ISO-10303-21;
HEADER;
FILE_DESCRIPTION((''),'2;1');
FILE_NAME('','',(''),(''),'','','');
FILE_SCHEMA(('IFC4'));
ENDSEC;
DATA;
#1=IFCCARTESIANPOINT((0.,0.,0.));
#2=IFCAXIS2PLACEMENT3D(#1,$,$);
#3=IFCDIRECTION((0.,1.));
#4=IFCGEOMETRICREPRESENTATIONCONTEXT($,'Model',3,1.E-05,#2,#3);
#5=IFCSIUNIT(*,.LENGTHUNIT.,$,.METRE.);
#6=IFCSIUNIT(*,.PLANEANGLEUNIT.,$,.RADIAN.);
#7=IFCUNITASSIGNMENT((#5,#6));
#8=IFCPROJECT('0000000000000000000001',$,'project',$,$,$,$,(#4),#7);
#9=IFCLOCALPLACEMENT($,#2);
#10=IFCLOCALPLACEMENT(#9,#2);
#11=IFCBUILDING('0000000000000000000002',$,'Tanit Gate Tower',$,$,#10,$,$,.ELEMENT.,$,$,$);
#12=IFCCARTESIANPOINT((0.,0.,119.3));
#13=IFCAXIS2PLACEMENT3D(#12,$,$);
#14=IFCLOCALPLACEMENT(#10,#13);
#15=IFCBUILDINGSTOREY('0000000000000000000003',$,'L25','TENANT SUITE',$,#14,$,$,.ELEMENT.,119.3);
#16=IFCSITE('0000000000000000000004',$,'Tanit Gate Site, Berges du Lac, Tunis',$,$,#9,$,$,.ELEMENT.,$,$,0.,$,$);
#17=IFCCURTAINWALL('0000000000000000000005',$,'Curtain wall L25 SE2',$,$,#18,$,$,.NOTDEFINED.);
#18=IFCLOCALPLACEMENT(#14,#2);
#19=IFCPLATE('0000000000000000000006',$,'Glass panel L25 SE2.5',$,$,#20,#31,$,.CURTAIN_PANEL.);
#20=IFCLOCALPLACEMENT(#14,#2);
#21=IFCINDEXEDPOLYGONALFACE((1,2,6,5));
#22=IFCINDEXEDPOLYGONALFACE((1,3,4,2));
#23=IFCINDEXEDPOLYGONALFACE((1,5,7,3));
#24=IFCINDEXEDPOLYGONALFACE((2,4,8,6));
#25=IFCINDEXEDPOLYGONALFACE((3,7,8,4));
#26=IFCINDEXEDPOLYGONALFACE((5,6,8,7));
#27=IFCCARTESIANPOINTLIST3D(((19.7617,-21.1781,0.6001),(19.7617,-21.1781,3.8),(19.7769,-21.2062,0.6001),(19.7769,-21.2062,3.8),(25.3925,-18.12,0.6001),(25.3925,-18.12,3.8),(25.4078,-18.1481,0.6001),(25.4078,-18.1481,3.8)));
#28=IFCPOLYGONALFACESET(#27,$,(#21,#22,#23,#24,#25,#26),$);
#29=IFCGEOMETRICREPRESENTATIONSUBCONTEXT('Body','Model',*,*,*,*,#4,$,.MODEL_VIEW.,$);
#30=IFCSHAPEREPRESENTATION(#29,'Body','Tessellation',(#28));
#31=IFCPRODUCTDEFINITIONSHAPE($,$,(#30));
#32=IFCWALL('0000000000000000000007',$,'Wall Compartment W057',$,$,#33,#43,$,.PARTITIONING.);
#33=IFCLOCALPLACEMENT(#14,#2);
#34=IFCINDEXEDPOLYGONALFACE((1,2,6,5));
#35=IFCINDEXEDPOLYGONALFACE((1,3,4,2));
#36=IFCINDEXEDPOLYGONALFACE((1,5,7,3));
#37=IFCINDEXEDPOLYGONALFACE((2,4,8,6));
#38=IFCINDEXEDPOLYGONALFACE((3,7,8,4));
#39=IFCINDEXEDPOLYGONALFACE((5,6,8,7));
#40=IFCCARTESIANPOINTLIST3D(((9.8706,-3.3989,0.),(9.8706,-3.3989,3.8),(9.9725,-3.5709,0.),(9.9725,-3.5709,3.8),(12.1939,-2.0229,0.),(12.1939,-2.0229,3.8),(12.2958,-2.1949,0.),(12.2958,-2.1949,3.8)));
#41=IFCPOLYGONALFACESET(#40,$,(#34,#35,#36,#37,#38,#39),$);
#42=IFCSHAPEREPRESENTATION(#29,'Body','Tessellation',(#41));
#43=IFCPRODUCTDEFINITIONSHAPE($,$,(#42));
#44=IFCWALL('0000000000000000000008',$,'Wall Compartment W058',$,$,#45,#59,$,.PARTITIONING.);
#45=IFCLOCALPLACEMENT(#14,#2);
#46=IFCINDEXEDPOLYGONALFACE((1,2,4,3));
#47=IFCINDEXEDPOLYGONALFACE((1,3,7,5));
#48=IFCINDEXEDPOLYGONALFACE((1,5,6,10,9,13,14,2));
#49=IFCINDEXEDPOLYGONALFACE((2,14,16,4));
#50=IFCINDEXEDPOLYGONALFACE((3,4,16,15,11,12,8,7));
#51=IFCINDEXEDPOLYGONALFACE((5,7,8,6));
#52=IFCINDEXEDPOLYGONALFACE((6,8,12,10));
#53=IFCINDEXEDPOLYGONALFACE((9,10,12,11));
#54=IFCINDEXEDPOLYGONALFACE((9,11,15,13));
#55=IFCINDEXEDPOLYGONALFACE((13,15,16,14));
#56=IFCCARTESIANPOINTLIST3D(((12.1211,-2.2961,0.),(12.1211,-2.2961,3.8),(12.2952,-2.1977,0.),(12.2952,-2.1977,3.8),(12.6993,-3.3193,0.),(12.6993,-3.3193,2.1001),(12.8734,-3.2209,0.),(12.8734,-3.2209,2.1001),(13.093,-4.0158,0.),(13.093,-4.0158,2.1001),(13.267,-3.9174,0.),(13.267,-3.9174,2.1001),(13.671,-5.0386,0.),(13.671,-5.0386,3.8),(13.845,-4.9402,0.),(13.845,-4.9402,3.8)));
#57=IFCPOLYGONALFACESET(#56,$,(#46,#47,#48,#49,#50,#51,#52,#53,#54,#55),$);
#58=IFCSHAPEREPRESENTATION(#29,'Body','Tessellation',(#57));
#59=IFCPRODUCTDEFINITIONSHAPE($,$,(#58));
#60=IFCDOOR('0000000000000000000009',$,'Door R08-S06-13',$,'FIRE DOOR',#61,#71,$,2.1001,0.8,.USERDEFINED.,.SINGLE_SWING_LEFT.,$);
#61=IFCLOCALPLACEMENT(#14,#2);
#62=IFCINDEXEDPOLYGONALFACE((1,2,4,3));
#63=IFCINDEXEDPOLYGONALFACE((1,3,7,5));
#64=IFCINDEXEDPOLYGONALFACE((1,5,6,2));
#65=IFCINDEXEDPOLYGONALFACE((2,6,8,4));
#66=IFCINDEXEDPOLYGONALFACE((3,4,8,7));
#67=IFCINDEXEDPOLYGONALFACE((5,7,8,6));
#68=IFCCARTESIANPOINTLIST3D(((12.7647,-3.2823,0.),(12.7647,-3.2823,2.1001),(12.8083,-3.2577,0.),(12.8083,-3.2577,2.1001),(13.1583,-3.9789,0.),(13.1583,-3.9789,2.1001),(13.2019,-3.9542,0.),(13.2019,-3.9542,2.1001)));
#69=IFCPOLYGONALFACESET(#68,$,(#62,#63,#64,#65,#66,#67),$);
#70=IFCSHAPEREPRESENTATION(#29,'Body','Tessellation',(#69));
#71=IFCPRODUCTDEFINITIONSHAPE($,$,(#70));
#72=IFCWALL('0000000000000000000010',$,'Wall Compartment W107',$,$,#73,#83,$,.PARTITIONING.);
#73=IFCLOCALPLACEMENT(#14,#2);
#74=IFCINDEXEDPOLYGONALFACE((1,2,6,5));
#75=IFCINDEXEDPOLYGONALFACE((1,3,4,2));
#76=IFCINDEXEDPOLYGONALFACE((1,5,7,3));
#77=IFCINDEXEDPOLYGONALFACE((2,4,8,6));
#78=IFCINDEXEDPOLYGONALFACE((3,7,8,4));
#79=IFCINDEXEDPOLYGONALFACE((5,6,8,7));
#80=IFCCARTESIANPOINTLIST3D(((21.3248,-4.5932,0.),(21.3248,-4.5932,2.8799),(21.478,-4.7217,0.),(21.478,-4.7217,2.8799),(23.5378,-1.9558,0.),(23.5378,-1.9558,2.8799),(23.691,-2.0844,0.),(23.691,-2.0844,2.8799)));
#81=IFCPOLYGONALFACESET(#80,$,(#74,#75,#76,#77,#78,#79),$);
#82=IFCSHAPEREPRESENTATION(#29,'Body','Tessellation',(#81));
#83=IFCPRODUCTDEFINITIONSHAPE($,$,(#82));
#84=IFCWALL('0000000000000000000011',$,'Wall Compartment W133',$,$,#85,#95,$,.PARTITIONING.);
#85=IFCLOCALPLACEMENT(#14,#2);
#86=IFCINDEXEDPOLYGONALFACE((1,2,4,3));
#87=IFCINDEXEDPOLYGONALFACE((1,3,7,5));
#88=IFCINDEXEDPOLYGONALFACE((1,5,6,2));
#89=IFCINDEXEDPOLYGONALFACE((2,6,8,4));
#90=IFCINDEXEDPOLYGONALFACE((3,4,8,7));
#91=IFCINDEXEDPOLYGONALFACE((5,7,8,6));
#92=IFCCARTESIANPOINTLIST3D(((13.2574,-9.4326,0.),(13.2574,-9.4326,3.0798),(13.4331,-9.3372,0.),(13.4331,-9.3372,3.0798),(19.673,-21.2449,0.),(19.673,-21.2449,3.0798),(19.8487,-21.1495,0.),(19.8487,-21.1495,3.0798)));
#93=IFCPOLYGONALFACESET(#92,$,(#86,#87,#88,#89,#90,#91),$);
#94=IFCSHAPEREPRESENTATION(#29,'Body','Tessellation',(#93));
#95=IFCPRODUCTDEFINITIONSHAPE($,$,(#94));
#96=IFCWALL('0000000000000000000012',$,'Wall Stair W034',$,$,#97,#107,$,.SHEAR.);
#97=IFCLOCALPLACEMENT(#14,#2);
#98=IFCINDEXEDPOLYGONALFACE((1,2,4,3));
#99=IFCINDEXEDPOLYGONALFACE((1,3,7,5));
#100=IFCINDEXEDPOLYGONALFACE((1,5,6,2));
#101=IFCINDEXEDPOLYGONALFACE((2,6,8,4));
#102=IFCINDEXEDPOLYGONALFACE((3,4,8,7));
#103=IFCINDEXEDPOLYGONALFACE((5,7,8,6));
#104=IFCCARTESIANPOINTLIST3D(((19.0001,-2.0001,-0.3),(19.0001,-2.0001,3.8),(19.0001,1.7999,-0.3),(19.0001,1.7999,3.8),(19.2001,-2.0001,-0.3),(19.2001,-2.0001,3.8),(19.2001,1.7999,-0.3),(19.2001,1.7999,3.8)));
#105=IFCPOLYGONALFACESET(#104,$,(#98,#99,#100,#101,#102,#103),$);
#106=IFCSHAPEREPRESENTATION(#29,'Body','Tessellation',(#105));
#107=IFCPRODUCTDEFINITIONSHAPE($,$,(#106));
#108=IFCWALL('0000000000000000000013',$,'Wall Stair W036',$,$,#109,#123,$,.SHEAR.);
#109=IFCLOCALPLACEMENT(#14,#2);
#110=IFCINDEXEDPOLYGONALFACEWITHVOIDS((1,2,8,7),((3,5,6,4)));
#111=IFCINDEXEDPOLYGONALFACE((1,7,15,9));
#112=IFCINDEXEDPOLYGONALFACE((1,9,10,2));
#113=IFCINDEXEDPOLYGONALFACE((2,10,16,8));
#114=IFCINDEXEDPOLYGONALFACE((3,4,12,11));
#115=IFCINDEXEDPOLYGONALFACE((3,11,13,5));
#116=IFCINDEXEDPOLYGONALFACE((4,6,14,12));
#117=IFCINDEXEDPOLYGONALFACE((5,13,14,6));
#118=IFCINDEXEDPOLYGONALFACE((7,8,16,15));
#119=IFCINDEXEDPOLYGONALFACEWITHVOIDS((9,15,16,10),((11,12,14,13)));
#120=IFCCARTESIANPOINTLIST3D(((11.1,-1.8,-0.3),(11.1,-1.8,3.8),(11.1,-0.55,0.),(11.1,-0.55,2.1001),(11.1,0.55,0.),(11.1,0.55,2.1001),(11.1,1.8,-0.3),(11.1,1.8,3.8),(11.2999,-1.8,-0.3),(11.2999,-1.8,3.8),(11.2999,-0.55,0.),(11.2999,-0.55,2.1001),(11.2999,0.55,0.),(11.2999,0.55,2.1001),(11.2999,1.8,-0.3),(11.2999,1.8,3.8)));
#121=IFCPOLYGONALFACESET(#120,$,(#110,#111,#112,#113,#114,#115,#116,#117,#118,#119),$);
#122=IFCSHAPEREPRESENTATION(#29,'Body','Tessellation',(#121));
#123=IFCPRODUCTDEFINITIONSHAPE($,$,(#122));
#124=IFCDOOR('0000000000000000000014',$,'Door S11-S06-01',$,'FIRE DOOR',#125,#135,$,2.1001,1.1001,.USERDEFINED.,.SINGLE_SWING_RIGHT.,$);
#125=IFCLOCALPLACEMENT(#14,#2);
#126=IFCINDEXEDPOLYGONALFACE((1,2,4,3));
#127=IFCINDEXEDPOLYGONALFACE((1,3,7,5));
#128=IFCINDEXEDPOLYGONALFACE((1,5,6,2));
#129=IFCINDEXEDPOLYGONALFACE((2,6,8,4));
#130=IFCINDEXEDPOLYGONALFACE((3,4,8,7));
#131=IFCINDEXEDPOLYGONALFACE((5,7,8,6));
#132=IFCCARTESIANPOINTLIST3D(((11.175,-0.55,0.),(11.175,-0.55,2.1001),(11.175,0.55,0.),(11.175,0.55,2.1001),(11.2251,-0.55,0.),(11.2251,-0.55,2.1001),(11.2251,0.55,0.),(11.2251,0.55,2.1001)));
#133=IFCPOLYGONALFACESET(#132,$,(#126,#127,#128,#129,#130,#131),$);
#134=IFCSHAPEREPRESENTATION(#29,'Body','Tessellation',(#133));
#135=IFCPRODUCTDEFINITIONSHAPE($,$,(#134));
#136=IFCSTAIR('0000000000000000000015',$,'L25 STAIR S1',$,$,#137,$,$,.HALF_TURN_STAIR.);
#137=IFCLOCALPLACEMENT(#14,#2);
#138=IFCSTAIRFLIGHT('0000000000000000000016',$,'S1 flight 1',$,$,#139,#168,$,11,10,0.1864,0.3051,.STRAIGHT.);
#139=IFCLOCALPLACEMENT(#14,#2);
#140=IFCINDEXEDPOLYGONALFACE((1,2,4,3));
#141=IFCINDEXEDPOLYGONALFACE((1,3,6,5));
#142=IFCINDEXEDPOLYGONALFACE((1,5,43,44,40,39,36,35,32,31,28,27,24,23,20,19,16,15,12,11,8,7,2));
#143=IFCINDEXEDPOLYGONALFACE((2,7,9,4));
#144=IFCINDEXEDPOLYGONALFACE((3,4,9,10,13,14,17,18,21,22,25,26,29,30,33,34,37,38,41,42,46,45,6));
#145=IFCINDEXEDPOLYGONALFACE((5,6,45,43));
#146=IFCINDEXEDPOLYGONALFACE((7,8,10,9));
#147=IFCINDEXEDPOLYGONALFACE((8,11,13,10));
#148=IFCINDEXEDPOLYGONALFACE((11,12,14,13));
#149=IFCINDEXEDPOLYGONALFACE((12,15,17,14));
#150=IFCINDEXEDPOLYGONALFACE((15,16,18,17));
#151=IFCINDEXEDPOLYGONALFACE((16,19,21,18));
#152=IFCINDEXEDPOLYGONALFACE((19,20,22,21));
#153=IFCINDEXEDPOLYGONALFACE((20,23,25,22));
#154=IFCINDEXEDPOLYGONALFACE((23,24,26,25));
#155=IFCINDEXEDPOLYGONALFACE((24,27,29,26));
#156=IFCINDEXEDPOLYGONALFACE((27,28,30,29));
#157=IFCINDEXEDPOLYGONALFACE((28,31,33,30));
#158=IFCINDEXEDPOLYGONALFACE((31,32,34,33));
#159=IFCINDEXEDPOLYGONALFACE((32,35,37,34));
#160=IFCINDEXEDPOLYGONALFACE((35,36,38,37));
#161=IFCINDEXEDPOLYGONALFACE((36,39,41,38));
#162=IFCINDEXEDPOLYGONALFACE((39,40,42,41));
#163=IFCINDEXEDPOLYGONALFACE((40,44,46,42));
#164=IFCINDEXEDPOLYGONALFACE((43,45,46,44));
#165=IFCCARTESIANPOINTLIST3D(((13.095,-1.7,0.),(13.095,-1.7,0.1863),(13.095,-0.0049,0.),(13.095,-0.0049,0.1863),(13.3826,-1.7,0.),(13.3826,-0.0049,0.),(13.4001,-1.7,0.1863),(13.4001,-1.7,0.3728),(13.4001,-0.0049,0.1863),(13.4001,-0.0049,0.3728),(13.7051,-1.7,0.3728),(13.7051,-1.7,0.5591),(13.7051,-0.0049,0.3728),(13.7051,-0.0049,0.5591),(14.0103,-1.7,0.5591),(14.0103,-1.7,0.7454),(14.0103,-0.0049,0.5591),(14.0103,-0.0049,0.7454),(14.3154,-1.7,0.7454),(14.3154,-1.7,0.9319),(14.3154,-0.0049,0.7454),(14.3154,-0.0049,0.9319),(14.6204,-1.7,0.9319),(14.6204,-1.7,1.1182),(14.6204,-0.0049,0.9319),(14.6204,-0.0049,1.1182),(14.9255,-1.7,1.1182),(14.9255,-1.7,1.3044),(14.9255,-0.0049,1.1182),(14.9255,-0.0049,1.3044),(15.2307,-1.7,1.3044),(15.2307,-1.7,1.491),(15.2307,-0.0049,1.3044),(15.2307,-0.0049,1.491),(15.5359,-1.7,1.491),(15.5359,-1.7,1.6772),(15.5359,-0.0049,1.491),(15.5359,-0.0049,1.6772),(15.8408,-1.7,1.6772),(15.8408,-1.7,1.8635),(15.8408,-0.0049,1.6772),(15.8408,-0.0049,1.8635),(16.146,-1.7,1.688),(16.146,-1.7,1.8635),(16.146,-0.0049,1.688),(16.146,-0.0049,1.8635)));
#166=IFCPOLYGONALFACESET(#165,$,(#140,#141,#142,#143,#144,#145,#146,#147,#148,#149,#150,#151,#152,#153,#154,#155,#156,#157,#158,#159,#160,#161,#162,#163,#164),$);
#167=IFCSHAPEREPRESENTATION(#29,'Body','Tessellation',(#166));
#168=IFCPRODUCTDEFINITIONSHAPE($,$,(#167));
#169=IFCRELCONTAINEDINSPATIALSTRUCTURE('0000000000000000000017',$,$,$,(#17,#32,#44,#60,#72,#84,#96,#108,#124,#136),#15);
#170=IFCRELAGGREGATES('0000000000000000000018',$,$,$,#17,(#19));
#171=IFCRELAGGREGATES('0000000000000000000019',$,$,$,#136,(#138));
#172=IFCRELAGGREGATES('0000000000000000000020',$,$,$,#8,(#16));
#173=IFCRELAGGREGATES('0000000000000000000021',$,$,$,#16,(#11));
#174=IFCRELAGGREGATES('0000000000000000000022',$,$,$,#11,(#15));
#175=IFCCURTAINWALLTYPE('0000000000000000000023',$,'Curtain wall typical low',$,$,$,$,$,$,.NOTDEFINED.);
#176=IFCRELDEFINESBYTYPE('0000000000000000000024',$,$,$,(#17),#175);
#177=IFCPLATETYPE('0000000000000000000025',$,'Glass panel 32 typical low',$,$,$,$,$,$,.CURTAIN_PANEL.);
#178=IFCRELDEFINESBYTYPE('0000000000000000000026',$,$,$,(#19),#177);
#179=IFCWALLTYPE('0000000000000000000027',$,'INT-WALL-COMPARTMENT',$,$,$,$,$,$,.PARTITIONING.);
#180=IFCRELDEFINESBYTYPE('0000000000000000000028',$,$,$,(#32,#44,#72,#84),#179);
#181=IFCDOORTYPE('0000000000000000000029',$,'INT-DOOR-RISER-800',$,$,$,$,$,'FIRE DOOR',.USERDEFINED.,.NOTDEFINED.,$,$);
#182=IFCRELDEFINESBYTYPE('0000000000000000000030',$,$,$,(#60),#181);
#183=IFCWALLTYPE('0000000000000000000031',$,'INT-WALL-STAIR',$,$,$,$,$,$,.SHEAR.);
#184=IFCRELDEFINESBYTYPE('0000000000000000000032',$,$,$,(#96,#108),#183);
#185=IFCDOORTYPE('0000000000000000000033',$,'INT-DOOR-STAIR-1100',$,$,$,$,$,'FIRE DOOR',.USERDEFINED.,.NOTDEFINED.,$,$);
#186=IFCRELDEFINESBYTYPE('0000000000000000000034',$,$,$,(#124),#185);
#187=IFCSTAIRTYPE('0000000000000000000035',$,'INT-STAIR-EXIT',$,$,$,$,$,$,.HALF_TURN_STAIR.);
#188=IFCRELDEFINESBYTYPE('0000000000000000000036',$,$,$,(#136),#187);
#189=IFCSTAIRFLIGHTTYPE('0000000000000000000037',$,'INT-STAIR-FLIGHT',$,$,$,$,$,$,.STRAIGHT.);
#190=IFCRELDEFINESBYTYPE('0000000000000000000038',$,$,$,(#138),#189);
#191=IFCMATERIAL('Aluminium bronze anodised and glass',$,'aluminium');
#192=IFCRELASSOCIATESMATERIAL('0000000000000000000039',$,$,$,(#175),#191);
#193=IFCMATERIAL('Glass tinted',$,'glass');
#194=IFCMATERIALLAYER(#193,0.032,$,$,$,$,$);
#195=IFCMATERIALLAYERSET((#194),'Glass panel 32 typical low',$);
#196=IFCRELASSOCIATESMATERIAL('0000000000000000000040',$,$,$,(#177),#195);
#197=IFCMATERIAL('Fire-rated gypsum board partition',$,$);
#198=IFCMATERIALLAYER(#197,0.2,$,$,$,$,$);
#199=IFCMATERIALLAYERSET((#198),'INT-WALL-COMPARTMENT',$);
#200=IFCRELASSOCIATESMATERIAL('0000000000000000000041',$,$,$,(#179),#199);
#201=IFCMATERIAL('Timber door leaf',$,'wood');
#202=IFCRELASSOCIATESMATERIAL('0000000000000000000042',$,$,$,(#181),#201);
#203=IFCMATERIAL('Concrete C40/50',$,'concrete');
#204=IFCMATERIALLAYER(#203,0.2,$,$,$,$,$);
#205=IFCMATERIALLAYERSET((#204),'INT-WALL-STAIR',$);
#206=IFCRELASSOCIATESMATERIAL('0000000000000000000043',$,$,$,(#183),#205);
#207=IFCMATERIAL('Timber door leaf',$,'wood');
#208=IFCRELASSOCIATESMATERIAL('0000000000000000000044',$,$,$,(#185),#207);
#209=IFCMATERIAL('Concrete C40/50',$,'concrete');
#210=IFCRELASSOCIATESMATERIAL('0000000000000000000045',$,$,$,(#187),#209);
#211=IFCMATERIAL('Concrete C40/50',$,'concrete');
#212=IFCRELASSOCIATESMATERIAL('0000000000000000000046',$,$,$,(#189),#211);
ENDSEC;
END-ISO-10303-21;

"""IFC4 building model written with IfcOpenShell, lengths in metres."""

from ifc_helpers import new_model, si_unit, direction, frame, frame_2d, origin, origin_2d, place, context, subcontext, project, spatial, polyline, rectangle, outline, extrude, material, layer, layer_set, type_object, element, fill, aggregate, save


model = new_model("IFC4")

# Units and contexts
model_context = context("Model", 3, precision=1e-05, world=origin(), true_north=direction((0.0, 1.0)))
body_context = subcontext(model_context, "Body", "Model", "MODEL_VIEW")
ifc_project = project(units=[si_unit("LENGTHUNIT", "METRE"), si_unit("PLANEANGLEUNIT", "RADIAN")], contexts=[model_context])

# Site, building, storey
site_placement = place(None, origin())
site = spatial("IfcSite", under=ifc_project, at=site_placement, Name="Tanit Gate Site, Berges du Lac, Tunis", CompositionType="ELEMENT", RefElevation=0.0)
building_placement = place(site_placement, origin())
building = spatial("IfcBuilding", under=site, at=building_placement, Name="Tanit Gate Tower", CompositionType="ELEMENT")
storey_placement = place(building_placement, frame((0.0, 0.0, 119.3)))
storey = spatial("IfcBuildingStorey", under=building, at=storey_placement, Name="L25", Description="TENANT SUITE", CompositionType="ELEMENT", Elevation=119.3)

# Curtain wall
ifc_material_1 = material(Name="Aluminium bronze anodised and glass", Category="aluminium")
curtain_wall_type = type_object("IfcCurtainWallType", Name="Curtain wall typical low", PredefinedType="NOTDEFINED", material=ifc_material_1)
curtain_wall_placement = place(storey_placement, origin())
curtain_wall = element("IfcCurtainWall", 1, at=curtain_wall_placement, inside=storey, type_object=curtain_wall_type, Name="Curtain wall L25 SE2", PredefinedType="NOTDEFINED")

# Plate
ifc_material_2 = material(Name="Glass tinted", Category="glass")
ifc_layer_1 = layer(ifc_material_2, 0.032)
ifc_layer_set_1 = layer_set([ifc_layer_1], Name="Glass panel 32 typical low")
plate_type = type_object("IfcPlateType", Name="Glass panel 32 typical low", PredefinedType="CURTAIN_PANEL", material=ifc_layer_set_1)
plate_1_placement = place(storey_placement, frame((22.5847, -19.6631, 0.6001), z_axis=(0.0, 0.0, 1.0), x_axis=(0.878762, 0.477259, 0.0)))
plate_1 = element("IfcPlate", 2, at=plate_1_placement, type_object=plate_type, Name="Glass panel L25 SE2.5", PredefinedType="CURTAIN_PANEL", context=body_context, shape_type="SweptSolid", body=[
    extrude(rectangle(XDim=6.4077, YDim=0.032, at=origin_2d()), origin(), (0.0, 0.0, 1.0), 3.2),
])
aggregate(curtain_wall, [plate_1])

# Wall
ifc_material_3 = material(Name="Fire-rated gypsum board partition")
ifc_layer_2 = layer(ifc_material_3, 0.2)
ifc_layer_set_2 = layer_set([ifc_layer_2], Name="INT-WALL-COMPARTMENT")
wall_type_1 = type_object("IfcWallType", Name="INT-WALL-COMPARTMENT", PredefinedType="PARTITIONING", material=ifc_layer_set_2)
wall_1_placement = place(storey_placement, frame((12.2449, -2.1089, 0.0), z_axis=(0.0, 0.0, 1.0), x_axis=(-0.860415, -0.509594, 0.0)))
element("IfcWall", 3, at=wall_1_placement, inside=storey, type_object=wall_type_1, Name="Wall Compartment W057", PredefinedType="PARTITIONING", context=body_context, shape_type="SweptSolid", body=[
    extrude(rectangle(XDim=2.7002, YDim=0.2, at=frame_2d((1.3501, 0.0))), origin(), (0.0, 0.0, 1.0), 3.8),
])

# Wall, opening, door
wall_2_placement = place(storey_placement, frame((13.7581, -4.9895, 0.0), z_axis=(0.0, 0.0, 1.0), x_axis=(-0.491993, 0.870599, 0.0)))
wall_2 = element("IfcWall", 4, at=wall_2_placement, inside=storey, type_object=wall_type_1, Name="Wall Compartment W058", PredefinedType="PARTITIONING", context=body_context, shape_type="SweptSolid", body=[
    extrude(rectangle(XDim=3.1501, YDim=0.2, at=frame_2d((1.5752, 0.0))), origin(), (0.0, 0.0, 1.0), 3.8),
])
opening_1_placement = place(wall_2_placement, frame((1.175, 0.0, 0.0)))
opening_1 = element("IfcOpeningElement", 5, at=opening_1_placement, cuts=wall_2, PredefinedType="OPENING", context=body_context, shape_type="SweptSolid", body=[
    extrude(rectangle(XDim=0.8, YDim=2.1001, at=frame_2d((0.3999, 1.05))), frame((0.0, 0.1099, 0.0), z_axis=(0.0, -1.0, 0.0), x_axis=(1.0, 0.0, 0.0)), (0.0, 0.0, 1.0), 0.22),
])
ifc_material_4 = material(Name="Timber door leaf", Category="wood")
door_type_1 = type_object("IfcDoorType", Name="INT-DOOR-RISER-800", ElementType="FIRE DOOR", OperationType="NOTDEFINED", PredefinedType="USERDEFINED", material=ifc_material_4)
door_1_placement = place(opening_1_placement, origin())
door_1 = element("IfcDoor", 6, at=door_1_placement, inside=storey, type_object=door_type_1, Name="Door R08-S06-13", ObjectType="FIRE DOOR", OperationType="SINGLE_SWING_LEFT", OverallHeight=2.1001, OverallWidth=0.8, PredefinedType="USERDEFINED", context=body_context, shape_type="SweptSolid", body=[
    extrude(rectangle(XDim=0.8, YDim=2.1001, at=frame_2d((0.3999, 1.05))), frame((0.0, 0.0249, 0.0), z_axis=(0.0, -1.0, 0.0), x_axis=(1.0, 0.0, 0.0)), (0.0, 0.0, 1.0), 0.05),
])
fill(opening_1, door_1)

# Walls
wall_3_placement = place(storey_placement, frame((21.4014, -4.6575, 0.0), z_axis=(0.0, 0.0, 1.0), x_axis=(0.642796, 0.766037, 0.0)))
element("IfcWall", 7, at=wall_3_placement, inside=storey, type_object=wall_type_1, Name="Wall Compartment W107", PredefinedType="PARTITIONING", context=body_context, shape_type="SweptSolid", body=[
    extrude(rectangle(XDim=3.4429, YDim=0.2, at=frame_2d((1.7214, 0.0))), origin(), (0.0, 0.0, 1.0), 2.8799),
])
wall_4_placement = place(storey_placement, frame((13.3452, -9.3848, 0.0), z_axis=(0.0, 0.0, 1.0), x_axis=(0.477273, -0.878755, 0.0)))
element("IfcWall", 8, at=wall_4_placement, inside=storey, type_object=wall_type_1, Name="Wall Compartment W133", PredefinedType="PARTITIONING", context=body_context, shape_type="SweptSolid", body=[
    extrude(rectangle(XDim=13.4421, YDim=0.2, at=frame_2d((6.7212, 0.0))), origin(), (0.0, 0.0, 1.0), 3.0798),
])
ifc_material_5 = material(Name="Concrete C40/50", Category="concrete")
ifc_layer_3 = layer(ifc_material_5, 0.2)
ifc_layer_set_3 = layer_set([ifc_layer_3], Name="INT-WALL-STAIR")
wall_type_2 = type_object("IfcWallType", Name="INT-WALL-STAIR", PredefinedType="SHEAR", material=ifc_layer_set_3)
wall_5_placement = place(storey_placement, frame((19.1001, -2.0, -0.3), z_axis=(0.0, 0.0, 1.0), x_axis=(0.0, 1.0, 0.0)))
element("IfcWall", 9, at=wall_5_placement, inside=storey, type_object=wall_type_2, Name="Wall Stair W034", PredefinedType="SHEAR", context=body_context, shape_type="SweptSolid", body=[
    extrude(rectangle(XDim=3.8, YDim=0.2, at=frame_2d((1.8999, 0.0))), origin(), (0.0, 0.0, 1.0), 4.1001),
])

# Wall, opening, door
wall_6_placement = place(storey_placement, frame((11.2, -1.8, -0.3), z_axis=(0.0, 0.0, 1.0), x_axis=(0.0, 1.0, 0.0)))
wall_6 = element("IfcWall", 10, at=wall_6_placement, inside=storey, type_object=wall_type_2, Name="Wall Stair W036", PredefinedType="SHEAR", context=body_context, shape_type="SweptSolid", body=[
    extrude(rectangle(XDim=3.6001, YDim=0.2, at=frame_2d((1.8, 0.0))), origin(), (0.0, 0.0, 1.0), 4.1001),
])
opening_2_placement = place(wall_6_placement, frame((1.25, 0.0, 0.3)))
opening_2 = element("IfcOpeningElement", 11, at=opening_2_placement, cuts=wall_6, PredefinedType="OPENING", context=body_context, shape_type="SweptSolid", body=[
    extrude(rectangle(XDim=1.1001, YDim=2.1001, at=frame_2d((0.55, 1.05))), frame((0.0, 0.1099, 0.0), z_axis=(0.0, -1.0, 0.0), x_axis=(1.0, 0.0, 0.0)), (0.0, 0.0, 1.0), 0.22),
])
ifc_material_6 = material(Name="Timber door leaf", Category="wood")
door_type_2 = type_object("IfcDoorType", Name="INT-DOOR-STAIR-1100", ElementType="FIRE DOOR", OperationType="NOTDEFINED", PredefinedType="USERDEFINED", material=ifc_material_6)
door_2_placement = place(opening_2_placement, origin())
door_2 = element("IfcDoor", 12, at=door_2_placement, inside=storey, type_object=door_type_2, Name="Door S11-S06-01", ObjectType="FIRE DOOR", OperationType="SINGLE_SWING_RIGHT", OverallHeight=2.1001, OverallWidth=1.1001, PredefinedType="USERDEFINED", context=body_context, shape_type="SweptSolid", body=[
    extrude(rectangle(XDim=1.1001, YDim=2.1001, at=frame_2d((0.55, 1.05))), frame((0.0, 0.0249, 0.0), z_axis=(0.0, -1.0, 0.0), x_axis=(1.0, 0.0, 0.0)), (0.0, 0.0, 1.0), 0.05),
])
fill(opening_2, door_2)

# Stair, stair flight
ifc_material_7 = material(Name="Concrete C40/50", Category="concrete")
stair_type = type_object("IfcStairType", Name="INT-STAIR-EXIT", PredefinedType="HALF_TURN_STAIR", material=ifc_material_7)
stair_placement = place(storey_placement, origin())
stair = element("IfcStair", 13, at=stair_placement, inside=storey, type_object=stair_type, Name="L25 STAIR S1", PredefinedType="HALF_TURN_STAIR")
ifc_material_8 = material(Name="Concrete C40/50", Category="concrete")
stair_flight_type = type_object("IfcStairFlightType", Name="INT-STAIR-FLIGHT", PredefinedType="STRAIGHT", material=ifc_material_8)
stair_flight_placement = place(storey_placement, frame((13.095, -0.8525, 0.0), z_axis=(0.0, 0.0, 1.0), x_axis=(1.0, 0.0, 0.0)))
stair_flight = element("IfcStairFlight", 14, at=stair_flight_placement, type_object=stair_flight_type, Name="S1 flight 1", NumberOfRisers=11, NumberOfTreads=10, PredefinedType="STRAIGHT", RiserHeight=0.1864, TreadLength=0.3051, context=body_context, shape_type="SweptSolid", body=[
    extrude(outline(polyline([(0.0, 0.0), (0.0, 0.1863), (0.3052, 0.1863), (0.3052, 0.3728), (0.6101, 0.3728), (0.6101, 0.5591), (0.9153, 0.5591), (0.9153, 0.7454), (1.2205, 0.7454), (1.2205, 0.9319), (1.5254, 0.9319), (1.5254, 1.1182), (1.8306, 1.1182), (1.8306, 1.3044), (2.1357, 1.3044), (2.1357, 1.491), (2.4409, 1.491), (2.4409, 1.6772), (2.7458, 1.6772), (2.7458, 1.8635), (3.051, 1.8635), (3.051, 2.05), (3.051, 1.688), (0.2876, 0.0), (0.0, 0.0)])), frame((0.0, 0.8477, 0.0), z_axis=(0.0, -1.0, 0.0), x_axis=(1.0, 0.0, 0.0)), (0.0, 0.0, 1.0), 1.6951),
])
aggregate(stair, [stair_flight])

save(model, "model.ifc")
